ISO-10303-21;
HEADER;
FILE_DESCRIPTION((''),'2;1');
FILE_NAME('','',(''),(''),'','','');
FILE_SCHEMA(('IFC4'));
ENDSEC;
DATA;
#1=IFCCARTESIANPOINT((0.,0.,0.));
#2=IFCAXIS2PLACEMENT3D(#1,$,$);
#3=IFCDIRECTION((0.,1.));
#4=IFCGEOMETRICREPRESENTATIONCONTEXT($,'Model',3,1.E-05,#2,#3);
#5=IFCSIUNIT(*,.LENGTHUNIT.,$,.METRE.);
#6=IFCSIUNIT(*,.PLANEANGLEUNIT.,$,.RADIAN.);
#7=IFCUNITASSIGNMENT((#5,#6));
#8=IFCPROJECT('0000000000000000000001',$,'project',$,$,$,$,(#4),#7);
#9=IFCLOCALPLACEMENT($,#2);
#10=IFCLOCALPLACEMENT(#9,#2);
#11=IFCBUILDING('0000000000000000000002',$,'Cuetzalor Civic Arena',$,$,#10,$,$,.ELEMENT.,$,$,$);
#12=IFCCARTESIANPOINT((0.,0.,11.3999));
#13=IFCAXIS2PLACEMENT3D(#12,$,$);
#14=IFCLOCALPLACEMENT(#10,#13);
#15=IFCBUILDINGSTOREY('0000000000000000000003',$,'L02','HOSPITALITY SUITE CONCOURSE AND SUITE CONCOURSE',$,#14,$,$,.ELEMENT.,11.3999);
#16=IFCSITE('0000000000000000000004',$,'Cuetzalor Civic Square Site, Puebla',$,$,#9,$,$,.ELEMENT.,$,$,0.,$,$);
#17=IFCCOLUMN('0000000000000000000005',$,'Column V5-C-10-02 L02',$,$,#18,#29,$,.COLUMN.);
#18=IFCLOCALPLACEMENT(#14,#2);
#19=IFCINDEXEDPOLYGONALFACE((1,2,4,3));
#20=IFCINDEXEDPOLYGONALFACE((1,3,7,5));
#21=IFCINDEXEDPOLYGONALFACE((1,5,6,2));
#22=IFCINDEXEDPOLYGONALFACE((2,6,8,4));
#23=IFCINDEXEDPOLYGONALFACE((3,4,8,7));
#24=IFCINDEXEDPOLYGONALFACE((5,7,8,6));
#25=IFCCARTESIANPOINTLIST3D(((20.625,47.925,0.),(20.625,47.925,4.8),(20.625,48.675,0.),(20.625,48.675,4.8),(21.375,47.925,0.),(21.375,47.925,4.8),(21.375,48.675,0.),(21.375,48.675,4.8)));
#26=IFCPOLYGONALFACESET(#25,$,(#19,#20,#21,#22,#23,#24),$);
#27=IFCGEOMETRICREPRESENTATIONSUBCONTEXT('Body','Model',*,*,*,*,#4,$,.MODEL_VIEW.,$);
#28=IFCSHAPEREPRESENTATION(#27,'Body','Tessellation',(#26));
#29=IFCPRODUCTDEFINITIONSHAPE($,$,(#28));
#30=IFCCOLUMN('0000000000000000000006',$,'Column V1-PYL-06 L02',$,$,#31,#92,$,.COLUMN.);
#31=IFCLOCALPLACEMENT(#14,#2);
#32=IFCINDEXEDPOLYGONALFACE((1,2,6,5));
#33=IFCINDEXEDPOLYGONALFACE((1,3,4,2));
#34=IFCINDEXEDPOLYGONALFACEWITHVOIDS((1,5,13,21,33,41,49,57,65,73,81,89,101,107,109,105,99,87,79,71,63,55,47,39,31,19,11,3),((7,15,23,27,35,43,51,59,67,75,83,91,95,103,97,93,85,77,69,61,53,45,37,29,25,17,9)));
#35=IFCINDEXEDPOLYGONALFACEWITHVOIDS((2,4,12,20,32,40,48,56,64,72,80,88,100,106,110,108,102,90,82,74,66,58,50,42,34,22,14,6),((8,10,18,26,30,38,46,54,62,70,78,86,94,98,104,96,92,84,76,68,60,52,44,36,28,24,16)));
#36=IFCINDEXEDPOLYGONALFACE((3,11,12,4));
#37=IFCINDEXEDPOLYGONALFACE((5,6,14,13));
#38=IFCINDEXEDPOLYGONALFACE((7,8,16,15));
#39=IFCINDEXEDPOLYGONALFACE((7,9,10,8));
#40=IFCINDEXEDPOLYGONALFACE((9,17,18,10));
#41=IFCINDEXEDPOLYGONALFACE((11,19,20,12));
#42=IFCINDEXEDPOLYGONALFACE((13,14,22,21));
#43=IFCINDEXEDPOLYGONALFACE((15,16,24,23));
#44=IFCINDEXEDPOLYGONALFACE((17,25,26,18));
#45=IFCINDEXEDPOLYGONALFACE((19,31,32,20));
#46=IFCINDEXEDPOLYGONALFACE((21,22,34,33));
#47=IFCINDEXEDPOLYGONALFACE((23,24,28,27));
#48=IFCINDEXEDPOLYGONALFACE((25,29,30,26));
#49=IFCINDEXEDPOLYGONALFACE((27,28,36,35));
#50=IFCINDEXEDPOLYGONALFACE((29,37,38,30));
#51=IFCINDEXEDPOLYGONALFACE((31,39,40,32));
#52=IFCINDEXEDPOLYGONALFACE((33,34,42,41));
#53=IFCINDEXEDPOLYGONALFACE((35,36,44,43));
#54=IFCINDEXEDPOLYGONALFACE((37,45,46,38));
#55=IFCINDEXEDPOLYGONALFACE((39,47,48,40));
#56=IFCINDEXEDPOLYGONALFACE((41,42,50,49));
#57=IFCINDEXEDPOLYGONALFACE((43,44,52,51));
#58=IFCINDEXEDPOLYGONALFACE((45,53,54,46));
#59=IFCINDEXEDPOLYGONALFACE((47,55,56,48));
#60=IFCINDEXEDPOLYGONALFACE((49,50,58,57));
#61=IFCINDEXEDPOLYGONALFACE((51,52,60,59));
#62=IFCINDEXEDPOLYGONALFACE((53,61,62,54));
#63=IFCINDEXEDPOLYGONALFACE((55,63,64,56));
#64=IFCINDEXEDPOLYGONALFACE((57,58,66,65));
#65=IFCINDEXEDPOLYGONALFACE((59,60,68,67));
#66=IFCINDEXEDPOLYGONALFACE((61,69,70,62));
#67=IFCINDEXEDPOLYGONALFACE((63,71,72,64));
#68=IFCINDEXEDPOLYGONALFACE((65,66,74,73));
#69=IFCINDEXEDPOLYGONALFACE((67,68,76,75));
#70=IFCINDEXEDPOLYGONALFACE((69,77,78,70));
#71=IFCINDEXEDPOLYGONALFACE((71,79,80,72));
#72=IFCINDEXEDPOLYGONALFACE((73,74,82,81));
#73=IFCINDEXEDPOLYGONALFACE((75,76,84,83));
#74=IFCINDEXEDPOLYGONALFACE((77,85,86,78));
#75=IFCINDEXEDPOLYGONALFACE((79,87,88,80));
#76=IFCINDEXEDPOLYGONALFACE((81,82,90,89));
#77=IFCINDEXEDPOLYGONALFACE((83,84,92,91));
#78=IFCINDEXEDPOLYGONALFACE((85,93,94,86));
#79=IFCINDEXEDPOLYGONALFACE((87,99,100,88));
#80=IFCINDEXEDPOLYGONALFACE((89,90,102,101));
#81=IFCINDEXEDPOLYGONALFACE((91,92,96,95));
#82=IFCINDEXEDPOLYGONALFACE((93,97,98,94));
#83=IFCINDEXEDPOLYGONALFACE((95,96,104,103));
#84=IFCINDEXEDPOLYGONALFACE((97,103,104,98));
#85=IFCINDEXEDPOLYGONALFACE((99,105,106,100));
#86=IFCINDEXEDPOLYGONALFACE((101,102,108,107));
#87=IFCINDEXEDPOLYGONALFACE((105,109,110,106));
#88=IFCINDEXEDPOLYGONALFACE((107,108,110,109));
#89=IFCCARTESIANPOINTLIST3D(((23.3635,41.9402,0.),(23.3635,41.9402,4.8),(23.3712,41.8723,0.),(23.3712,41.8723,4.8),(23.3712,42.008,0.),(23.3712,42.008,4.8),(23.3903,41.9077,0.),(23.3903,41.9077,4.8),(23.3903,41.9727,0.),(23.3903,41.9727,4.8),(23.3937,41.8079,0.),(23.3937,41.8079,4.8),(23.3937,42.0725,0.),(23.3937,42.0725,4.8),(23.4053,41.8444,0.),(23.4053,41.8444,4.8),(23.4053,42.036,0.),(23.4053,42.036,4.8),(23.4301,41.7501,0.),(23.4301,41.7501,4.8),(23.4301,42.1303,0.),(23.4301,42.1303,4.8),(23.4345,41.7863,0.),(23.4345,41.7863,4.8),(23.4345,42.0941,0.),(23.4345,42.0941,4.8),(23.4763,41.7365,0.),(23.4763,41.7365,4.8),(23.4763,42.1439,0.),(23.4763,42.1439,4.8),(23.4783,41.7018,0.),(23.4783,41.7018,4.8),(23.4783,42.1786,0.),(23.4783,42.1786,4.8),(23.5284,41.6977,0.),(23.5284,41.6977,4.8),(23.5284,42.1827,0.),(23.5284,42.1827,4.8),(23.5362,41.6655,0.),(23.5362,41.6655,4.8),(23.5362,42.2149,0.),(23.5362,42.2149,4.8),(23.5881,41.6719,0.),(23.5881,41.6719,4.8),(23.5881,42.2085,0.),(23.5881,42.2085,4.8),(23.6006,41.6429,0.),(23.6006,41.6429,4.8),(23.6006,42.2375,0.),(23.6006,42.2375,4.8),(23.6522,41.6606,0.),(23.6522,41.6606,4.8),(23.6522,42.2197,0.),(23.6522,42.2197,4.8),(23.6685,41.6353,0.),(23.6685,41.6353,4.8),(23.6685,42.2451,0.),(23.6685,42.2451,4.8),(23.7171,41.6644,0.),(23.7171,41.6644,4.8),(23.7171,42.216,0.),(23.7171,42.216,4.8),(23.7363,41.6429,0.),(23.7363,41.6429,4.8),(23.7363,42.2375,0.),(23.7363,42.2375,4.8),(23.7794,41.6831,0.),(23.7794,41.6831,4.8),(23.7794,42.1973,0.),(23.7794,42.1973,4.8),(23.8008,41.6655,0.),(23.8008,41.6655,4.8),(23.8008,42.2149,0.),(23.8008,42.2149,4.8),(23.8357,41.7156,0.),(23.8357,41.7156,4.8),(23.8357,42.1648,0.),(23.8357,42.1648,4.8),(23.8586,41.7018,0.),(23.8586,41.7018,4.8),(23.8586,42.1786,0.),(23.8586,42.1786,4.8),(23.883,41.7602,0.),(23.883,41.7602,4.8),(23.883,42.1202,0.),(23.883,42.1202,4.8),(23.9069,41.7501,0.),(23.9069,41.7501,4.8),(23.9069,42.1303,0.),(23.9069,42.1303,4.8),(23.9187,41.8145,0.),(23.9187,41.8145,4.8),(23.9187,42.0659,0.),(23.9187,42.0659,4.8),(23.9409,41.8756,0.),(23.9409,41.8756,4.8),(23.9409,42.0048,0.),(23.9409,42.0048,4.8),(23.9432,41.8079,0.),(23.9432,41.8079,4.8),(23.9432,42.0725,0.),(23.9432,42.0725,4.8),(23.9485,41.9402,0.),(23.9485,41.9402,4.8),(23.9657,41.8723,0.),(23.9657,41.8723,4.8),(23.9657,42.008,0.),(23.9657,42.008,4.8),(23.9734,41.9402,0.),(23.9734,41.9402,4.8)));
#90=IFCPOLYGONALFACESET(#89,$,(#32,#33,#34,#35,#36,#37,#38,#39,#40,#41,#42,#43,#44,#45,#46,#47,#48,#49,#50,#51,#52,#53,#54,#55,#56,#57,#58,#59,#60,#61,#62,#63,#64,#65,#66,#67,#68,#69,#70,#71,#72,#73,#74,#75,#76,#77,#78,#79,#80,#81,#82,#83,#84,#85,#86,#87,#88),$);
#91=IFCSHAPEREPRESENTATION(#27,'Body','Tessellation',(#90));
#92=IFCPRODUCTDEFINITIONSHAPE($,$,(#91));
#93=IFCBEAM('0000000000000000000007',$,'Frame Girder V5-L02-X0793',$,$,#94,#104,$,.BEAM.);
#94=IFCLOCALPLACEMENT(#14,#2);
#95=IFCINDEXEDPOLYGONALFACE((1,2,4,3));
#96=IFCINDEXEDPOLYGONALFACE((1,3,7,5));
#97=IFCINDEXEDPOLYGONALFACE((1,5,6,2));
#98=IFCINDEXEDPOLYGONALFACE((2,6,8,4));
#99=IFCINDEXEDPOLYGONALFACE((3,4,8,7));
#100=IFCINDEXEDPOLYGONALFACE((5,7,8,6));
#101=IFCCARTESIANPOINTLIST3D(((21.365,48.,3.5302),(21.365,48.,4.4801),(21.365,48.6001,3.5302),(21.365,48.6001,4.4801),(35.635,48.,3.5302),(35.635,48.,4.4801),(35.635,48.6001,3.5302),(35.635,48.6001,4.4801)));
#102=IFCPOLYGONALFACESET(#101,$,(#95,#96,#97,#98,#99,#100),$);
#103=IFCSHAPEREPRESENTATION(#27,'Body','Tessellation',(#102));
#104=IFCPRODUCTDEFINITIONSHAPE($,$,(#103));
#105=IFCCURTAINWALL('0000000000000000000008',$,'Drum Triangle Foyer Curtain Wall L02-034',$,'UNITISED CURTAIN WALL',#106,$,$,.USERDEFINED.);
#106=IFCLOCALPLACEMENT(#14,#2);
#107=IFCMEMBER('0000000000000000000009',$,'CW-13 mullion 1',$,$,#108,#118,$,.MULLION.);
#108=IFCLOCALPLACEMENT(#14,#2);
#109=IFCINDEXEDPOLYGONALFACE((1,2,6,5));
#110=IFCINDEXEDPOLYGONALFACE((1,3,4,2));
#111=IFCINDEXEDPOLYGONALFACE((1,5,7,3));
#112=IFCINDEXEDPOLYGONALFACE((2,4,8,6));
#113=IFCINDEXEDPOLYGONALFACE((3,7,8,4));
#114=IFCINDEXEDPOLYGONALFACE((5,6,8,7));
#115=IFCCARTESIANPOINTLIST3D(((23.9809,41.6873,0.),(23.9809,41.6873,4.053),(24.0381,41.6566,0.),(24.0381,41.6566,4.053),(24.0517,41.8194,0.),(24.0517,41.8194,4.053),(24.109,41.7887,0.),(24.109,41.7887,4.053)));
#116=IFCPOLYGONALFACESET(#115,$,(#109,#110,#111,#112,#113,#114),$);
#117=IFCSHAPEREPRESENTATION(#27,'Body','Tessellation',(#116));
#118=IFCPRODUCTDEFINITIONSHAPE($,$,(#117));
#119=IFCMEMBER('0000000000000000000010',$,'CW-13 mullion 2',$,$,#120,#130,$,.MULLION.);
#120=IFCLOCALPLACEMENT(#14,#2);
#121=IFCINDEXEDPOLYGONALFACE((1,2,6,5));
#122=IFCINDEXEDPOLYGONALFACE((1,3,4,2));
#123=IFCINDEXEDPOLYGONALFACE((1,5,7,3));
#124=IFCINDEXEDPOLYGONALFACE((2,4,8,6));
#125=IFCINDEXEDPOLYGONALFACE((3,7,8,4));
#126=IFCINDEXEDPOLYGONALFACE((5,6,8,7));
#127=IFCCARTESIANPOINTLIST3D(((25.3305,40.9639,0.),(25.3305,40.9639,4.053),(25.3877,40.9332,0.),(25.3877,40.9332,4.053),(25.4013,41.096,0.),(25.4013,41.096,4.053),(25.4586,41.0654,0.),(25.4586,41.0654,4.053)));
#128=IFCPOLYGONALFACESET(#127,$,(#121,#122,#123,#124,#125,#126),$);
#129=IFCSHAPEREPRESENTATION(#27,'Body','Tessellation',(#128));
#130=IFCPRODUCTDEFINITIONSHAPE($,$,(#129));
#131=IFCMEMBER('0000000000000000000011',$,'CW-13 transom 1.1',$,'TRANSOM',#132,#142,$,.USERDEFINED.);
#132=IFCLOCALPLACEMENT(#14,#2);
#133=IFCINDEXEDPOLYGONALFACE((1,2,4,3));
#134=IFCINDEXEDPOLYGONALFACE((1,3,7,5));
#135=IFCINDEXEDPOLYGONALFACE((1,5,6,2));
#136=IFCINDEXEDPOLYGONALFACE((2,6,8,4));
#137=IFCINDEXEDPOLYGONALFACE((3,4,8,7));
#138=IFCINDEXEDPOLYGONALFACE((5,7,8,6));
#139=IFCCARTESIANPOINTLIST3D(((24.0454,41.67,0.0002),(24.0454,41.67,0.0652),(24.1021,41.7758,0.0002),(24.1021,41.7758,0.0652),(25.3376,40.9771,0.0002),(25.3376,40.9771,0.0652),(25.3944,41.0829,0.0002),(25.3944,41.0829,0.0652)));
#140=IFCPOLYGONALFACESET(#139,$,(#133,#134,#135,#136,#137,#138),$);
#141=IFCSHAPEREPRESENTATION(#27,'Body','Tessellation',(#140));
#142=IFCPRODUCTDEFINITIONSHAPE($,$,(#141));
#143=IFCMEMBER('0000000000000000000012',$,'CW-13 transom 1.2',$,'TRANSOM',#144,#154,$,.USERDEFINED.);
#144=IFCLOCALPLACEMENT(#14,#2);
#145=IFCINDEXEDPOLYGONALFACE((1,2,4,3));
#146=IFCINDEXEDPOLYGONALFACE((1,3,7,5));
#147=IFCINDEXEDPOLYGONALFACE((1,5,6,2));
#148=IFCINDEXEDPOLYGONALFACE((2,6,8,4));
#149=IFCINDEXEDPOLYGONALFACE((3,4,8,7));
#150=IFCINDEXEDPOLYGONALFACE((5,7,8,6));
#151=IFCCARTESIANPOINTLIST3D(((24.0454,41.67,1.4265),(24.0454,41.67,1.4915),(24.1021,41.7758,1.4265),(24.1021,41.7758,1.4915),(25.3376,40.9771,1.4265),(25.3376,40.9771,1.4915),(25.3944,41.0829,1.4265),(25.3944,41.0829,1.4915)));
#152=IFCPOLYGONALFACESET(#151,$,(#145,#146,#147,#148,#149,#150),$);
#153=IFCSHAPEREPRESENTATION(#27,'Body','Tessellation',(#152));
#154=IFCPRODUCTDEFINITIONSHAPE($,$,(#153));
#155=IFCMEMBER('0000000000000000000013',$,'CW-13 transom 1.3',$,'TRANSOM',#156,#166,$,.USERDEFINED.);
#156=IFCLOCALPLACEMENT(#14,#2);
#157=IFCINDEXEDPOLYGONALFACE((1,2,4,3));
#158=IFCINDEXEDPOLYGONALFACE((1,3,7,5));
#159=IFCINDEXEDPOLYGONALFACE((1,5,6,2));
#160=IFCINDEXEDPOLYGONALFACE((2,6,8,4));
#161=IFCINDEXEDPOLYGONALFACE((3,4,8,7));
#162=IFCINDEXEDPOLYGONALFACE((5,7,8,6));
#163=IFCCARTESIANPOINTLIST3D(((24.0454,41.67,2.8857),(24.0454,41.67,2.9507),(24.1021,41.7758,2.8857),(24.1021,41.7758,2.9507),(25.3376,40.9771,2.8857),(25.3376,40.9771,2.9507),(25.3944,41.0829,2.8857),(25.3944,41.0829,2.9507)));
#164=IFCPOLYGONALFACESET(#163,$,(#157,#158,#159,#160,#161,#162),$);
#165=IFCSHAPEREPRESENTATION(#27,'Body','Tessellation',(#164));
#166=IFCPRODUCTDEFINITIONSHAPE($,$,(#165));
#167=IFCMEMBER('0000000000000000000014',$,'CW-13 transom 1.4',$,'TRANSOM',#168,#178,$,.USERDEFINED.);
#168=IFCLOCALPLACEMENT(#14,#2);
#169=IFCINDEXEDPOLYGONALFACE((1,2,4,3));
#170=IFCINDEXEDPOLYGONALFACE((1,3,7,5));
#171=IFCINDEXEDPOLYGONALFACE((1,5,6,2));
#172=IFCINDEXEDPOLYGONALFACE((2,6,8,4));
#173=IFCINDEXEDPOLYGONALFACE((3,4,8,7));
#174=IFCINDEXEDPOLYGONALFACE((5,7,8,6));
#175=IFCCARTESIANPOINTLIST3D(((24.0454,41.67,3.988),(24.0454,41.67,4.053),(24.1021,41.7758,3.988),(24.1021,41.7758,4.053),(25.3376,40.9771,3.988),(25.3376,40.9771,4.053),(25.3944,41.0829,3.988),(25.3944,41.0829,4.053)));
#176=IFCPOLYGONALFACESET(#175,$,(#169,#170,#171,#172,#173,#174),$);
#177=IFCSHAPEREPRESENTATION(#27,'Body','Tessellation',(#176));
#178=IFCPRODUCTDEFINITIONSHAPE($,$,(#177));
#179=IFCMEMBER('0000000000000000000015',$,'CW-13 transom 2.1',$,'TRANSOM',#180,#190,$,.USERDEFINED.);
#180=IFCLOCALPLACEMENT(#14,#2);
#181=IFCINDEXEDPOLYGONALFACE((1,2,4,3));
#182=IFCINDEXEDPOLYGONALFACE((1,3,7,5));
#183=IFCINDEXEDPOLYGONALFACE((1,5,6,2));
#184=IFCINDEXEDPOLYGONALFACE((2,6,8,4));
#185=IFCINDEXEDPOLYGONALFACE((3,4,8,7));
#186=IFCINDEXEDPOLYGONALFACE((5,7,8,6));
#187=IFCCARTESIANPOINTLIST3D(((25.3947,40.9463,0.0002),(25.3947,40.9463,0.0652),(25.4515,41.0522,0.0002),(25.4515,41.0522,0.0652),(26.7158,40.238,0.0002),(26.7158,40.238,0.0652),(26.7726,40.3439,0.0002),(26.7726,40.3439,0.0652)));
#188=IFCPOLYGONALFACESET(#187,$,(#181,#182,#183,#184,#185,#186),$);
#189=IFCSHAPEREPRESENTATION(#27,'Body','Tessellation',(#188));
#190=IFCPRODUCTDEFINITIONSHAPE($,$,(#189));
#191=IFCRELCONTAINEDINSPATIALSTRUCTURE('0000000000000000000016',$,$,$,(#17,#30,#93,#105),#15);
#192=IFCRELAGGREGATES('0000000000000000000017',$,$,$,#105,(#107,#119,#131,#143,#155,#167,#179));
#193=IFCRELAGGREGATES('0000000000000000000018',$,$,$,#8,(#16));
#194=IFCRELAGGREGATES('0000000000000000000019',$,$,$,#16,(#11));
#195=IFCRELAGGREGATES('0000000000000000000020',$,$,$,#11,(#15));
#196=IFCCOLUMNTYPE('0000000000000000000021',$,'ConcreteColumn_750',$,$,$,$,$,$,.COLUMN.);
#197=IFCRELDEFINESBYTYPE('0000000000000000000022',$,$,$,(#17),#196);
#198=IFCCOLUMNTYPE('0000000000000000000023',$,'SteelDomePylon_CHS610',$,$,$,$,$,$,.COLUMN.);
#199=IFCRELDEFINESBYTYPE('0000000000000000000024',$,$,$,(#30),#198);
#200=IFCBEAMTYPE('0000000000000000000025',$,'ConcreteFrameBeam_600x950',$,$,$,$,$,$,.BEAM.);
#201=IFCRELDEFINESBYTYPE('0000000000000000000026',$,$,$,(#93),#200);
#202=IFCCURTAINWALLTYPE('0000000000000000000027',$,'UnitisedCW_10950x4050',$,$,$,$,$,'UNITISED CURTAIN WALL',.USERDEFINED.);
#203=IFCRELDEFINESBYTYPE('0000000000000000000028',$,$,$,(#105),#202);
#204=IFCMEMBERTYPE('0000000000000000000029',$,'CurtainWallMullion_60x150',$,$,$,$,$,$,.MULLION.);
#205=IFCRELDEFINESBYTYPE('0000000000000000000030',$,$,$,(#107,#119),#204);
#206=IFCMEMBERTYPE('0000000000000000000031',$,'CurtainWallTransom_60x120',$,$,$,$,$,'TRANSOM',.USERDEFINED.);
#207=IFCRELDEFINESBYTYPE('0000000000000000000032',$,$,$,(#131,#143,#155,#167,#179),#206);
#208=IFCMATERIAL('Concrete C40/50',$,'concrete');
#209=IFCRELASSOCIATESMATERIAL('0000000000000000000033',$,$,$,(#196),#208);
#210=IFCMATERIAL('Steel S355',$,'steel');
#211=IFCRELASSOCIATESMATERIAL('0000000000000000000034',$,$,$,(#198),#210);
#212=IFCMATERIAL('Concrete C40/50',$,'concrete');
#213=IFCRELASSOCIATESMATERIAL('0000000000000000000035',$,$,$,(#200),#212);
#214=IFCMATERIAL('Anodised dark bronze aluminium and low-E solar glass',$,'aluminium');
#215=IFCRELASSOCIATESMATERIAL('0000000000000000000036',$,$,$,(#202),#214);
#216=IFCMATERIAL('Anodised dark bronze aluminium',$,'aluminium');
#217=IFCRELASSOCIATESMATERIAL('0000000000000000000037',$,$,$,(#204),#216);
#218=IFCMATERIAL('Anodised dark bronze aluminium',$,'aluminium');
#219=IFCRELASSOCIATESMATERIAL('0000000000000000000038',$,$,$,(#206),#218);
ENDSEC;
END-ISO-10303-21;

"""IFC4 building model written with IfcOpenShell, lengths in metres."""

from ifc_helpers import new_model, si_unit, direction, frame, origin, origin_2d, place, context, subcontext, project, spatial, rectangle, hollow_circle, extrude, material, material_profile, profile_set, type_object, element, aggregate, save


model = new_model("IFC4")

# Units and contexts
model_context = context("Model", 3, precision=1e-05, world=origin(), true_north=direction((0.0, 1.0)))
body_context = subcontext(model_context, "Body", "Model", "MODEL_VIEW")
ifc_project = project(units=[si_unit("LENGTHUNIT", "METRE"), si_unit("PLANEANGLEUNIT", "RADIAN")], contexts=[model_context])

# Site, building, storey
site_placement = place(None, origin())
site = spatial("IfcSite", under=ifc_project, at=site_placement, Name="Cuetzalor Civic Square Site, Puebla", CompositionType="ELEMENT", RefElevation=0.0)
building_placement = place(site_placement, origin())
building = spatial("IfcBuilding", under=site, at=building_placement, Name="Cuetzalor Civic Arena", CompositionType="ELEMENT")
storey_placement = place(building_placement, frame((0.0, 0.0, 11.3999)))
storey = spatial("IfcBuildingStorey", under=building, at=storey_placement, Name="L02", Description="HOSPITALITY SUITE CONCOURSE AND SUITE CONCOURSE", CompositionType="ELEMENT", Elevation=11.3999)

# Columns
ifc_material_1 = material(Name="Concrete C40/50", Category="concrete")
ifc_material_profile_1 = material_profile(ifc_material_1, rectangle(XDim=0.75, YDim=0.75, at=origin_2d()), Name="RC 750x750")
ifc_profile_set_1 = profile_set([ifc_material_profile_1], Name="Concrete C40/50")
column_type_1 = type_object("IfcColumnType", Name="ConcreteColumn_750", PredefinedType="COLUMN", material=ifc_profile_set_1)
column_1_placement = place(storey_placement, frame((21.0, 48.3, 0.0), z_axis=(0.0, 0.0, 1.0), x_axis=(1.0, 0.0, 0.0)))
element("IfcColumn", 1, at=column_1_placement, inside=storey, type_object=column_type_1, Name="Column V5-C-10-02 L02", PredefinedType="COLUMN", context=body_context, shape_type="SweptSolid", body=[
    extrude(rectangle(XDim=0.75, YDim=0.75, at=origin_2d()), origin(), (0.0, 0.0, 1.0), 4.8),
])
ifc_material_2 = material(Name="Steel S355", Category="steel")
ifc_material_profile_2 = material_profile(ifc_material_2, hollow_circle(Radius=0.3049, WallThickness=0.0249, at=origin_2d()), Name="CHS 610x25")
ifc_profile_set_2 = profile_set([ifc_material_profile_2], Name="Steel S355")
column_type_2 = type_object("IfcColumnType", Name="SteelDomePylon_CHS610", PredefinedType="COLUMN", material=ifc_profile_set_2)
column_2_placement = place(storey_placement, frame((23.6685, 41.9402, 0.0), z_axis=(0.0, 0.0, 1.0), x_axis=(1.0, 0.0, 0.0)))
element("IfcColumn", 2, at=column_2_placement, inside=storey, type_object=column_type_2, Name="Column V1-PYL-06 L02", PredefinedType="COLUMN", context=body_context, shape_type="SweptSolid", body=[
    extrude(hollow_circle(Radius=0.3049, WallThickness=0.0249, at=origin_2d()), origin(), (0.0, 0.0, 1.0), 4.8),
])

# Beam
ifc_material_3 = material(Name="Concrete C40/50", Category="concrete")
ifc_material_profile_3 = material_profile(ifc_material_3, rectangle(XDim=0.6001, YDim=0.95, at=origin_2d()), Name="RC 600x950")
ifc_profile_set_3 = profile_set([ifc_material_profile_3], Name="Concrete C40/50")
beam_type_1 = type_object("IfcBeamType", Name="ConcreteFrameBeam_600x950", PredefinedType="BEAM", material=ifc_profile_set_3)
beam_1_placement = place(storey_placement, frame((21.365, 48.3, 4.0051), z_axis=(1.0, 0.0, 0.0), x_axis=(0.0, 1.0, 0.0)))
element("IfcBeam", 3, at=beam_1_placement, inside=storey, type_object=beam_type_1, Name="Frame Girder V5-L02-X0793", PredefinedType="BEAM", context=body_context, shape_type="SweptSolid", body=[
    extrude(rectangle(XDim=0.6001, YDim=0.95, at=origin_2d()), origin(), (0.0, 0.0, 1.0), 14.27),
])

# Curtain wall, members
ifc_material_4 = material(Name="Anodised dark bronze aluminium and low-E solar glass", Category="aluminium")
curtain_wall_type = type_object("IfcCurtainWallType", Name="UnitisedCW_10950x4050", ElementType="UNITISED CURTAIN WALL", PredefinedType="USERDEFINED", material=ifc_material_4)
curtain_wall_placement = place(storey_placement, origin())
curtain_wall = element("IfcCurtainWall", 4, at=curtain_wall_placement, inside=storey, type_object=curtain_wall_type, Name="Drum Triangle Foyer Curtain Wall L02-034", ObjectType="UNITISED CURTAIN WALL", PredefinedType="USERDEFINED")
ifc_material_5 = material(Name="Anodised dark bronze aluminium", Category="aluminium")
ifc_material_profile_4 = material_profile(ifc_material_5, rectangle(XDim=0.0649, YDim=0.1499, at=origin_2d()), Name="ALU MULLION 65x150")
ifc_profile_set_4 = profile_set([ifc_material_profile_4], Name="Anodised dark bronze aluminium")
member_type_1 = type_object("IfcMemberType", Name="CurtainWallMullion_60x150", PredefinedType="MULLION", material=ifc_profile_set_4)
member_1_placement = place(storey_placement, frame((24.0449, 41.738, 0.0), z_axis=(0.0, 0.0, 1.0), x_axis=(0.881306, -0.472545, 0.0)))
member_1 = element("IfcMember", 5, at=member_1_placement, type_object=member_type_1, Name="CW-13 mullion 1", PredefinedType="MULLION", context=body_context, shape_type="SweptSolid", body=[
    extrude(rectangle(XDim=0.0649, YDim=0.1499, at=origin_2d()), origin(), (0.0, 0.0, 1.0), 4.053),
])
member_2_placement = place(storey_placement, frame((25.3945, 41.0146, 0.0), z_axis=(0.0, 0.0, 1.0), x_axis=(0.881306, -0.472545, 0.0)))
member_2 = element("IfcMember", 6, at=member_2_placement, type_object=member_type_1, Name="CW-13 mullion 2", PredefinedType="MULLION", context=body_context, shape_type="SweptSolid", body=[
    extrude(rectangle(XDim=0.0649, YDim=0.1499, at=origin_2d()), origin(), (0.0, 0.0, 1.0), 4.053),
])
ifc_material_6 = material(Name="Anodised dark bronze aluminium", Category="aluminium")
ifc_material_profile_5 = material_profile(ifc_material_6, rectangle(XDim=0.1201, YDim=0.0649, at=origin_2d()), Name="ALU TRANSOM 65x120")
ifc_profile_set_5 = profile_set([ifc_material_profile_5], Name="Anodised dark bronze aluminium")
member_type_2 = type_object("IfcMemberType", Name="CurtainWallTransom_60x120", ElementType="TRANSOM", PredefinedType="USERDEFINED", material=ifc_profile_set_5)
member_3_placement = place(storey_placement, frame((24.0737, 41.7229, 0.0327), z_axis=(0.881309, -0.47254, 0.0), x_axis=(0.47254, 0.881309, 0.0)))
member_3 = element("IfcMember", 7, at=member_3_placement, type_object=member_type_2, Name="CW-13 transom 1.1", ObjectType="TRANSOM", PredefinedType="USERDEFINED", context=body_context, shape_type="SweptSolid", body=[
    extrude(rectangle(XDim=0.1201, YDim=0.0649, at=origin_2d()), origin(), (0.0, 0.0, 1.0), 1.4663),
])
member_4_placement = place(storey_placement, frame((24.0737, 41.7229, 1.459), z_axis=(0.881309, -0.47254, 0.0), x_axis=(0.47254, 0.881309, 0.0)))
member_4 = element("IfcMember", 8, at=member_4_placement, type_object=member_type_2, Name="CW-13 transom 1.2", ObjectType="TRANSOM", PredefinedType="USERDEFINED", context=body_context, shape_type="SweptSolid", body=[
    extrude(rectangle(XDim=0.1201, YDim=0.0649, at=origin_2d()), origin(), (0.0, 0.0, 1.0), 1.4663),
])
member_5_placement = place(storey_placement, frame((24.0737, 41.7229, 2.9182), z_axis=(0.881309, -0.47254, 0.0), x_axis=(0.47254, 0.881309, 0.0)))
member_5 = element("IfcMember", 9, at=member_5_placement, type_object=member_type_2, Name="CW-13 transom 1.3", ObjectType="TRANSOM", PredefinedType="USERDEFINED", context=body_context, shape_type="SweptSolid", body=[
    extrude(rectangle(XDim=0.1201, YDim=0.0649, at=origin_2d()), origin(), (0.0, 0.0, 1.0), 1.4663),
])
member_6_placement = place(storey_placement, frame((24.0737, 41.7229, 4.0205), z_axis=(0.881309, -0.47254, 0.0), x_axis=(0.47254, 0.881309, 0.0)))
member_6 = element("IfcMember", 10, at=member_6_placement, type_object=member_type_2, Name="CW-13 transom 1.4", ObjectType="TRANSOM", PredefinedType="USERDEFINED", context=body_context, shape_type="SweptSolid", body=[
    extrude(rectangle(XDim=0.1201, YDim=0.0649, at=origin_2d()), origin(), (0.0, 0.0, 1.0), 1.4663),
])
member_7_placement = place(storey_placement, frame((25.4231, 40.9993, 0.0327), z_axis=(0.881327, -0.472506, 0.0), x_axis=(0.472506, 0.881327, 0.0)))
member_7 = element("IfcMember", 11, at=member_7_placement, type_object=member_type_2, Name="CW-13 transom 2.1", ObjectType="TRANSOM", PredefinedType="USERDEFINED", context=body_context, shape_type="SweptSolid", body=[
    extrude(rectangle(XDim=0.1201, YDim=0.0649, at=origin_2d()), origin(), (0.0, 0.0, 1.0), 1.499),
])

aggregate(curtain_wall, [member_1, member_2, member_3, member_4, member_5, member_6, member_7])

save(model, "model.ifc")
